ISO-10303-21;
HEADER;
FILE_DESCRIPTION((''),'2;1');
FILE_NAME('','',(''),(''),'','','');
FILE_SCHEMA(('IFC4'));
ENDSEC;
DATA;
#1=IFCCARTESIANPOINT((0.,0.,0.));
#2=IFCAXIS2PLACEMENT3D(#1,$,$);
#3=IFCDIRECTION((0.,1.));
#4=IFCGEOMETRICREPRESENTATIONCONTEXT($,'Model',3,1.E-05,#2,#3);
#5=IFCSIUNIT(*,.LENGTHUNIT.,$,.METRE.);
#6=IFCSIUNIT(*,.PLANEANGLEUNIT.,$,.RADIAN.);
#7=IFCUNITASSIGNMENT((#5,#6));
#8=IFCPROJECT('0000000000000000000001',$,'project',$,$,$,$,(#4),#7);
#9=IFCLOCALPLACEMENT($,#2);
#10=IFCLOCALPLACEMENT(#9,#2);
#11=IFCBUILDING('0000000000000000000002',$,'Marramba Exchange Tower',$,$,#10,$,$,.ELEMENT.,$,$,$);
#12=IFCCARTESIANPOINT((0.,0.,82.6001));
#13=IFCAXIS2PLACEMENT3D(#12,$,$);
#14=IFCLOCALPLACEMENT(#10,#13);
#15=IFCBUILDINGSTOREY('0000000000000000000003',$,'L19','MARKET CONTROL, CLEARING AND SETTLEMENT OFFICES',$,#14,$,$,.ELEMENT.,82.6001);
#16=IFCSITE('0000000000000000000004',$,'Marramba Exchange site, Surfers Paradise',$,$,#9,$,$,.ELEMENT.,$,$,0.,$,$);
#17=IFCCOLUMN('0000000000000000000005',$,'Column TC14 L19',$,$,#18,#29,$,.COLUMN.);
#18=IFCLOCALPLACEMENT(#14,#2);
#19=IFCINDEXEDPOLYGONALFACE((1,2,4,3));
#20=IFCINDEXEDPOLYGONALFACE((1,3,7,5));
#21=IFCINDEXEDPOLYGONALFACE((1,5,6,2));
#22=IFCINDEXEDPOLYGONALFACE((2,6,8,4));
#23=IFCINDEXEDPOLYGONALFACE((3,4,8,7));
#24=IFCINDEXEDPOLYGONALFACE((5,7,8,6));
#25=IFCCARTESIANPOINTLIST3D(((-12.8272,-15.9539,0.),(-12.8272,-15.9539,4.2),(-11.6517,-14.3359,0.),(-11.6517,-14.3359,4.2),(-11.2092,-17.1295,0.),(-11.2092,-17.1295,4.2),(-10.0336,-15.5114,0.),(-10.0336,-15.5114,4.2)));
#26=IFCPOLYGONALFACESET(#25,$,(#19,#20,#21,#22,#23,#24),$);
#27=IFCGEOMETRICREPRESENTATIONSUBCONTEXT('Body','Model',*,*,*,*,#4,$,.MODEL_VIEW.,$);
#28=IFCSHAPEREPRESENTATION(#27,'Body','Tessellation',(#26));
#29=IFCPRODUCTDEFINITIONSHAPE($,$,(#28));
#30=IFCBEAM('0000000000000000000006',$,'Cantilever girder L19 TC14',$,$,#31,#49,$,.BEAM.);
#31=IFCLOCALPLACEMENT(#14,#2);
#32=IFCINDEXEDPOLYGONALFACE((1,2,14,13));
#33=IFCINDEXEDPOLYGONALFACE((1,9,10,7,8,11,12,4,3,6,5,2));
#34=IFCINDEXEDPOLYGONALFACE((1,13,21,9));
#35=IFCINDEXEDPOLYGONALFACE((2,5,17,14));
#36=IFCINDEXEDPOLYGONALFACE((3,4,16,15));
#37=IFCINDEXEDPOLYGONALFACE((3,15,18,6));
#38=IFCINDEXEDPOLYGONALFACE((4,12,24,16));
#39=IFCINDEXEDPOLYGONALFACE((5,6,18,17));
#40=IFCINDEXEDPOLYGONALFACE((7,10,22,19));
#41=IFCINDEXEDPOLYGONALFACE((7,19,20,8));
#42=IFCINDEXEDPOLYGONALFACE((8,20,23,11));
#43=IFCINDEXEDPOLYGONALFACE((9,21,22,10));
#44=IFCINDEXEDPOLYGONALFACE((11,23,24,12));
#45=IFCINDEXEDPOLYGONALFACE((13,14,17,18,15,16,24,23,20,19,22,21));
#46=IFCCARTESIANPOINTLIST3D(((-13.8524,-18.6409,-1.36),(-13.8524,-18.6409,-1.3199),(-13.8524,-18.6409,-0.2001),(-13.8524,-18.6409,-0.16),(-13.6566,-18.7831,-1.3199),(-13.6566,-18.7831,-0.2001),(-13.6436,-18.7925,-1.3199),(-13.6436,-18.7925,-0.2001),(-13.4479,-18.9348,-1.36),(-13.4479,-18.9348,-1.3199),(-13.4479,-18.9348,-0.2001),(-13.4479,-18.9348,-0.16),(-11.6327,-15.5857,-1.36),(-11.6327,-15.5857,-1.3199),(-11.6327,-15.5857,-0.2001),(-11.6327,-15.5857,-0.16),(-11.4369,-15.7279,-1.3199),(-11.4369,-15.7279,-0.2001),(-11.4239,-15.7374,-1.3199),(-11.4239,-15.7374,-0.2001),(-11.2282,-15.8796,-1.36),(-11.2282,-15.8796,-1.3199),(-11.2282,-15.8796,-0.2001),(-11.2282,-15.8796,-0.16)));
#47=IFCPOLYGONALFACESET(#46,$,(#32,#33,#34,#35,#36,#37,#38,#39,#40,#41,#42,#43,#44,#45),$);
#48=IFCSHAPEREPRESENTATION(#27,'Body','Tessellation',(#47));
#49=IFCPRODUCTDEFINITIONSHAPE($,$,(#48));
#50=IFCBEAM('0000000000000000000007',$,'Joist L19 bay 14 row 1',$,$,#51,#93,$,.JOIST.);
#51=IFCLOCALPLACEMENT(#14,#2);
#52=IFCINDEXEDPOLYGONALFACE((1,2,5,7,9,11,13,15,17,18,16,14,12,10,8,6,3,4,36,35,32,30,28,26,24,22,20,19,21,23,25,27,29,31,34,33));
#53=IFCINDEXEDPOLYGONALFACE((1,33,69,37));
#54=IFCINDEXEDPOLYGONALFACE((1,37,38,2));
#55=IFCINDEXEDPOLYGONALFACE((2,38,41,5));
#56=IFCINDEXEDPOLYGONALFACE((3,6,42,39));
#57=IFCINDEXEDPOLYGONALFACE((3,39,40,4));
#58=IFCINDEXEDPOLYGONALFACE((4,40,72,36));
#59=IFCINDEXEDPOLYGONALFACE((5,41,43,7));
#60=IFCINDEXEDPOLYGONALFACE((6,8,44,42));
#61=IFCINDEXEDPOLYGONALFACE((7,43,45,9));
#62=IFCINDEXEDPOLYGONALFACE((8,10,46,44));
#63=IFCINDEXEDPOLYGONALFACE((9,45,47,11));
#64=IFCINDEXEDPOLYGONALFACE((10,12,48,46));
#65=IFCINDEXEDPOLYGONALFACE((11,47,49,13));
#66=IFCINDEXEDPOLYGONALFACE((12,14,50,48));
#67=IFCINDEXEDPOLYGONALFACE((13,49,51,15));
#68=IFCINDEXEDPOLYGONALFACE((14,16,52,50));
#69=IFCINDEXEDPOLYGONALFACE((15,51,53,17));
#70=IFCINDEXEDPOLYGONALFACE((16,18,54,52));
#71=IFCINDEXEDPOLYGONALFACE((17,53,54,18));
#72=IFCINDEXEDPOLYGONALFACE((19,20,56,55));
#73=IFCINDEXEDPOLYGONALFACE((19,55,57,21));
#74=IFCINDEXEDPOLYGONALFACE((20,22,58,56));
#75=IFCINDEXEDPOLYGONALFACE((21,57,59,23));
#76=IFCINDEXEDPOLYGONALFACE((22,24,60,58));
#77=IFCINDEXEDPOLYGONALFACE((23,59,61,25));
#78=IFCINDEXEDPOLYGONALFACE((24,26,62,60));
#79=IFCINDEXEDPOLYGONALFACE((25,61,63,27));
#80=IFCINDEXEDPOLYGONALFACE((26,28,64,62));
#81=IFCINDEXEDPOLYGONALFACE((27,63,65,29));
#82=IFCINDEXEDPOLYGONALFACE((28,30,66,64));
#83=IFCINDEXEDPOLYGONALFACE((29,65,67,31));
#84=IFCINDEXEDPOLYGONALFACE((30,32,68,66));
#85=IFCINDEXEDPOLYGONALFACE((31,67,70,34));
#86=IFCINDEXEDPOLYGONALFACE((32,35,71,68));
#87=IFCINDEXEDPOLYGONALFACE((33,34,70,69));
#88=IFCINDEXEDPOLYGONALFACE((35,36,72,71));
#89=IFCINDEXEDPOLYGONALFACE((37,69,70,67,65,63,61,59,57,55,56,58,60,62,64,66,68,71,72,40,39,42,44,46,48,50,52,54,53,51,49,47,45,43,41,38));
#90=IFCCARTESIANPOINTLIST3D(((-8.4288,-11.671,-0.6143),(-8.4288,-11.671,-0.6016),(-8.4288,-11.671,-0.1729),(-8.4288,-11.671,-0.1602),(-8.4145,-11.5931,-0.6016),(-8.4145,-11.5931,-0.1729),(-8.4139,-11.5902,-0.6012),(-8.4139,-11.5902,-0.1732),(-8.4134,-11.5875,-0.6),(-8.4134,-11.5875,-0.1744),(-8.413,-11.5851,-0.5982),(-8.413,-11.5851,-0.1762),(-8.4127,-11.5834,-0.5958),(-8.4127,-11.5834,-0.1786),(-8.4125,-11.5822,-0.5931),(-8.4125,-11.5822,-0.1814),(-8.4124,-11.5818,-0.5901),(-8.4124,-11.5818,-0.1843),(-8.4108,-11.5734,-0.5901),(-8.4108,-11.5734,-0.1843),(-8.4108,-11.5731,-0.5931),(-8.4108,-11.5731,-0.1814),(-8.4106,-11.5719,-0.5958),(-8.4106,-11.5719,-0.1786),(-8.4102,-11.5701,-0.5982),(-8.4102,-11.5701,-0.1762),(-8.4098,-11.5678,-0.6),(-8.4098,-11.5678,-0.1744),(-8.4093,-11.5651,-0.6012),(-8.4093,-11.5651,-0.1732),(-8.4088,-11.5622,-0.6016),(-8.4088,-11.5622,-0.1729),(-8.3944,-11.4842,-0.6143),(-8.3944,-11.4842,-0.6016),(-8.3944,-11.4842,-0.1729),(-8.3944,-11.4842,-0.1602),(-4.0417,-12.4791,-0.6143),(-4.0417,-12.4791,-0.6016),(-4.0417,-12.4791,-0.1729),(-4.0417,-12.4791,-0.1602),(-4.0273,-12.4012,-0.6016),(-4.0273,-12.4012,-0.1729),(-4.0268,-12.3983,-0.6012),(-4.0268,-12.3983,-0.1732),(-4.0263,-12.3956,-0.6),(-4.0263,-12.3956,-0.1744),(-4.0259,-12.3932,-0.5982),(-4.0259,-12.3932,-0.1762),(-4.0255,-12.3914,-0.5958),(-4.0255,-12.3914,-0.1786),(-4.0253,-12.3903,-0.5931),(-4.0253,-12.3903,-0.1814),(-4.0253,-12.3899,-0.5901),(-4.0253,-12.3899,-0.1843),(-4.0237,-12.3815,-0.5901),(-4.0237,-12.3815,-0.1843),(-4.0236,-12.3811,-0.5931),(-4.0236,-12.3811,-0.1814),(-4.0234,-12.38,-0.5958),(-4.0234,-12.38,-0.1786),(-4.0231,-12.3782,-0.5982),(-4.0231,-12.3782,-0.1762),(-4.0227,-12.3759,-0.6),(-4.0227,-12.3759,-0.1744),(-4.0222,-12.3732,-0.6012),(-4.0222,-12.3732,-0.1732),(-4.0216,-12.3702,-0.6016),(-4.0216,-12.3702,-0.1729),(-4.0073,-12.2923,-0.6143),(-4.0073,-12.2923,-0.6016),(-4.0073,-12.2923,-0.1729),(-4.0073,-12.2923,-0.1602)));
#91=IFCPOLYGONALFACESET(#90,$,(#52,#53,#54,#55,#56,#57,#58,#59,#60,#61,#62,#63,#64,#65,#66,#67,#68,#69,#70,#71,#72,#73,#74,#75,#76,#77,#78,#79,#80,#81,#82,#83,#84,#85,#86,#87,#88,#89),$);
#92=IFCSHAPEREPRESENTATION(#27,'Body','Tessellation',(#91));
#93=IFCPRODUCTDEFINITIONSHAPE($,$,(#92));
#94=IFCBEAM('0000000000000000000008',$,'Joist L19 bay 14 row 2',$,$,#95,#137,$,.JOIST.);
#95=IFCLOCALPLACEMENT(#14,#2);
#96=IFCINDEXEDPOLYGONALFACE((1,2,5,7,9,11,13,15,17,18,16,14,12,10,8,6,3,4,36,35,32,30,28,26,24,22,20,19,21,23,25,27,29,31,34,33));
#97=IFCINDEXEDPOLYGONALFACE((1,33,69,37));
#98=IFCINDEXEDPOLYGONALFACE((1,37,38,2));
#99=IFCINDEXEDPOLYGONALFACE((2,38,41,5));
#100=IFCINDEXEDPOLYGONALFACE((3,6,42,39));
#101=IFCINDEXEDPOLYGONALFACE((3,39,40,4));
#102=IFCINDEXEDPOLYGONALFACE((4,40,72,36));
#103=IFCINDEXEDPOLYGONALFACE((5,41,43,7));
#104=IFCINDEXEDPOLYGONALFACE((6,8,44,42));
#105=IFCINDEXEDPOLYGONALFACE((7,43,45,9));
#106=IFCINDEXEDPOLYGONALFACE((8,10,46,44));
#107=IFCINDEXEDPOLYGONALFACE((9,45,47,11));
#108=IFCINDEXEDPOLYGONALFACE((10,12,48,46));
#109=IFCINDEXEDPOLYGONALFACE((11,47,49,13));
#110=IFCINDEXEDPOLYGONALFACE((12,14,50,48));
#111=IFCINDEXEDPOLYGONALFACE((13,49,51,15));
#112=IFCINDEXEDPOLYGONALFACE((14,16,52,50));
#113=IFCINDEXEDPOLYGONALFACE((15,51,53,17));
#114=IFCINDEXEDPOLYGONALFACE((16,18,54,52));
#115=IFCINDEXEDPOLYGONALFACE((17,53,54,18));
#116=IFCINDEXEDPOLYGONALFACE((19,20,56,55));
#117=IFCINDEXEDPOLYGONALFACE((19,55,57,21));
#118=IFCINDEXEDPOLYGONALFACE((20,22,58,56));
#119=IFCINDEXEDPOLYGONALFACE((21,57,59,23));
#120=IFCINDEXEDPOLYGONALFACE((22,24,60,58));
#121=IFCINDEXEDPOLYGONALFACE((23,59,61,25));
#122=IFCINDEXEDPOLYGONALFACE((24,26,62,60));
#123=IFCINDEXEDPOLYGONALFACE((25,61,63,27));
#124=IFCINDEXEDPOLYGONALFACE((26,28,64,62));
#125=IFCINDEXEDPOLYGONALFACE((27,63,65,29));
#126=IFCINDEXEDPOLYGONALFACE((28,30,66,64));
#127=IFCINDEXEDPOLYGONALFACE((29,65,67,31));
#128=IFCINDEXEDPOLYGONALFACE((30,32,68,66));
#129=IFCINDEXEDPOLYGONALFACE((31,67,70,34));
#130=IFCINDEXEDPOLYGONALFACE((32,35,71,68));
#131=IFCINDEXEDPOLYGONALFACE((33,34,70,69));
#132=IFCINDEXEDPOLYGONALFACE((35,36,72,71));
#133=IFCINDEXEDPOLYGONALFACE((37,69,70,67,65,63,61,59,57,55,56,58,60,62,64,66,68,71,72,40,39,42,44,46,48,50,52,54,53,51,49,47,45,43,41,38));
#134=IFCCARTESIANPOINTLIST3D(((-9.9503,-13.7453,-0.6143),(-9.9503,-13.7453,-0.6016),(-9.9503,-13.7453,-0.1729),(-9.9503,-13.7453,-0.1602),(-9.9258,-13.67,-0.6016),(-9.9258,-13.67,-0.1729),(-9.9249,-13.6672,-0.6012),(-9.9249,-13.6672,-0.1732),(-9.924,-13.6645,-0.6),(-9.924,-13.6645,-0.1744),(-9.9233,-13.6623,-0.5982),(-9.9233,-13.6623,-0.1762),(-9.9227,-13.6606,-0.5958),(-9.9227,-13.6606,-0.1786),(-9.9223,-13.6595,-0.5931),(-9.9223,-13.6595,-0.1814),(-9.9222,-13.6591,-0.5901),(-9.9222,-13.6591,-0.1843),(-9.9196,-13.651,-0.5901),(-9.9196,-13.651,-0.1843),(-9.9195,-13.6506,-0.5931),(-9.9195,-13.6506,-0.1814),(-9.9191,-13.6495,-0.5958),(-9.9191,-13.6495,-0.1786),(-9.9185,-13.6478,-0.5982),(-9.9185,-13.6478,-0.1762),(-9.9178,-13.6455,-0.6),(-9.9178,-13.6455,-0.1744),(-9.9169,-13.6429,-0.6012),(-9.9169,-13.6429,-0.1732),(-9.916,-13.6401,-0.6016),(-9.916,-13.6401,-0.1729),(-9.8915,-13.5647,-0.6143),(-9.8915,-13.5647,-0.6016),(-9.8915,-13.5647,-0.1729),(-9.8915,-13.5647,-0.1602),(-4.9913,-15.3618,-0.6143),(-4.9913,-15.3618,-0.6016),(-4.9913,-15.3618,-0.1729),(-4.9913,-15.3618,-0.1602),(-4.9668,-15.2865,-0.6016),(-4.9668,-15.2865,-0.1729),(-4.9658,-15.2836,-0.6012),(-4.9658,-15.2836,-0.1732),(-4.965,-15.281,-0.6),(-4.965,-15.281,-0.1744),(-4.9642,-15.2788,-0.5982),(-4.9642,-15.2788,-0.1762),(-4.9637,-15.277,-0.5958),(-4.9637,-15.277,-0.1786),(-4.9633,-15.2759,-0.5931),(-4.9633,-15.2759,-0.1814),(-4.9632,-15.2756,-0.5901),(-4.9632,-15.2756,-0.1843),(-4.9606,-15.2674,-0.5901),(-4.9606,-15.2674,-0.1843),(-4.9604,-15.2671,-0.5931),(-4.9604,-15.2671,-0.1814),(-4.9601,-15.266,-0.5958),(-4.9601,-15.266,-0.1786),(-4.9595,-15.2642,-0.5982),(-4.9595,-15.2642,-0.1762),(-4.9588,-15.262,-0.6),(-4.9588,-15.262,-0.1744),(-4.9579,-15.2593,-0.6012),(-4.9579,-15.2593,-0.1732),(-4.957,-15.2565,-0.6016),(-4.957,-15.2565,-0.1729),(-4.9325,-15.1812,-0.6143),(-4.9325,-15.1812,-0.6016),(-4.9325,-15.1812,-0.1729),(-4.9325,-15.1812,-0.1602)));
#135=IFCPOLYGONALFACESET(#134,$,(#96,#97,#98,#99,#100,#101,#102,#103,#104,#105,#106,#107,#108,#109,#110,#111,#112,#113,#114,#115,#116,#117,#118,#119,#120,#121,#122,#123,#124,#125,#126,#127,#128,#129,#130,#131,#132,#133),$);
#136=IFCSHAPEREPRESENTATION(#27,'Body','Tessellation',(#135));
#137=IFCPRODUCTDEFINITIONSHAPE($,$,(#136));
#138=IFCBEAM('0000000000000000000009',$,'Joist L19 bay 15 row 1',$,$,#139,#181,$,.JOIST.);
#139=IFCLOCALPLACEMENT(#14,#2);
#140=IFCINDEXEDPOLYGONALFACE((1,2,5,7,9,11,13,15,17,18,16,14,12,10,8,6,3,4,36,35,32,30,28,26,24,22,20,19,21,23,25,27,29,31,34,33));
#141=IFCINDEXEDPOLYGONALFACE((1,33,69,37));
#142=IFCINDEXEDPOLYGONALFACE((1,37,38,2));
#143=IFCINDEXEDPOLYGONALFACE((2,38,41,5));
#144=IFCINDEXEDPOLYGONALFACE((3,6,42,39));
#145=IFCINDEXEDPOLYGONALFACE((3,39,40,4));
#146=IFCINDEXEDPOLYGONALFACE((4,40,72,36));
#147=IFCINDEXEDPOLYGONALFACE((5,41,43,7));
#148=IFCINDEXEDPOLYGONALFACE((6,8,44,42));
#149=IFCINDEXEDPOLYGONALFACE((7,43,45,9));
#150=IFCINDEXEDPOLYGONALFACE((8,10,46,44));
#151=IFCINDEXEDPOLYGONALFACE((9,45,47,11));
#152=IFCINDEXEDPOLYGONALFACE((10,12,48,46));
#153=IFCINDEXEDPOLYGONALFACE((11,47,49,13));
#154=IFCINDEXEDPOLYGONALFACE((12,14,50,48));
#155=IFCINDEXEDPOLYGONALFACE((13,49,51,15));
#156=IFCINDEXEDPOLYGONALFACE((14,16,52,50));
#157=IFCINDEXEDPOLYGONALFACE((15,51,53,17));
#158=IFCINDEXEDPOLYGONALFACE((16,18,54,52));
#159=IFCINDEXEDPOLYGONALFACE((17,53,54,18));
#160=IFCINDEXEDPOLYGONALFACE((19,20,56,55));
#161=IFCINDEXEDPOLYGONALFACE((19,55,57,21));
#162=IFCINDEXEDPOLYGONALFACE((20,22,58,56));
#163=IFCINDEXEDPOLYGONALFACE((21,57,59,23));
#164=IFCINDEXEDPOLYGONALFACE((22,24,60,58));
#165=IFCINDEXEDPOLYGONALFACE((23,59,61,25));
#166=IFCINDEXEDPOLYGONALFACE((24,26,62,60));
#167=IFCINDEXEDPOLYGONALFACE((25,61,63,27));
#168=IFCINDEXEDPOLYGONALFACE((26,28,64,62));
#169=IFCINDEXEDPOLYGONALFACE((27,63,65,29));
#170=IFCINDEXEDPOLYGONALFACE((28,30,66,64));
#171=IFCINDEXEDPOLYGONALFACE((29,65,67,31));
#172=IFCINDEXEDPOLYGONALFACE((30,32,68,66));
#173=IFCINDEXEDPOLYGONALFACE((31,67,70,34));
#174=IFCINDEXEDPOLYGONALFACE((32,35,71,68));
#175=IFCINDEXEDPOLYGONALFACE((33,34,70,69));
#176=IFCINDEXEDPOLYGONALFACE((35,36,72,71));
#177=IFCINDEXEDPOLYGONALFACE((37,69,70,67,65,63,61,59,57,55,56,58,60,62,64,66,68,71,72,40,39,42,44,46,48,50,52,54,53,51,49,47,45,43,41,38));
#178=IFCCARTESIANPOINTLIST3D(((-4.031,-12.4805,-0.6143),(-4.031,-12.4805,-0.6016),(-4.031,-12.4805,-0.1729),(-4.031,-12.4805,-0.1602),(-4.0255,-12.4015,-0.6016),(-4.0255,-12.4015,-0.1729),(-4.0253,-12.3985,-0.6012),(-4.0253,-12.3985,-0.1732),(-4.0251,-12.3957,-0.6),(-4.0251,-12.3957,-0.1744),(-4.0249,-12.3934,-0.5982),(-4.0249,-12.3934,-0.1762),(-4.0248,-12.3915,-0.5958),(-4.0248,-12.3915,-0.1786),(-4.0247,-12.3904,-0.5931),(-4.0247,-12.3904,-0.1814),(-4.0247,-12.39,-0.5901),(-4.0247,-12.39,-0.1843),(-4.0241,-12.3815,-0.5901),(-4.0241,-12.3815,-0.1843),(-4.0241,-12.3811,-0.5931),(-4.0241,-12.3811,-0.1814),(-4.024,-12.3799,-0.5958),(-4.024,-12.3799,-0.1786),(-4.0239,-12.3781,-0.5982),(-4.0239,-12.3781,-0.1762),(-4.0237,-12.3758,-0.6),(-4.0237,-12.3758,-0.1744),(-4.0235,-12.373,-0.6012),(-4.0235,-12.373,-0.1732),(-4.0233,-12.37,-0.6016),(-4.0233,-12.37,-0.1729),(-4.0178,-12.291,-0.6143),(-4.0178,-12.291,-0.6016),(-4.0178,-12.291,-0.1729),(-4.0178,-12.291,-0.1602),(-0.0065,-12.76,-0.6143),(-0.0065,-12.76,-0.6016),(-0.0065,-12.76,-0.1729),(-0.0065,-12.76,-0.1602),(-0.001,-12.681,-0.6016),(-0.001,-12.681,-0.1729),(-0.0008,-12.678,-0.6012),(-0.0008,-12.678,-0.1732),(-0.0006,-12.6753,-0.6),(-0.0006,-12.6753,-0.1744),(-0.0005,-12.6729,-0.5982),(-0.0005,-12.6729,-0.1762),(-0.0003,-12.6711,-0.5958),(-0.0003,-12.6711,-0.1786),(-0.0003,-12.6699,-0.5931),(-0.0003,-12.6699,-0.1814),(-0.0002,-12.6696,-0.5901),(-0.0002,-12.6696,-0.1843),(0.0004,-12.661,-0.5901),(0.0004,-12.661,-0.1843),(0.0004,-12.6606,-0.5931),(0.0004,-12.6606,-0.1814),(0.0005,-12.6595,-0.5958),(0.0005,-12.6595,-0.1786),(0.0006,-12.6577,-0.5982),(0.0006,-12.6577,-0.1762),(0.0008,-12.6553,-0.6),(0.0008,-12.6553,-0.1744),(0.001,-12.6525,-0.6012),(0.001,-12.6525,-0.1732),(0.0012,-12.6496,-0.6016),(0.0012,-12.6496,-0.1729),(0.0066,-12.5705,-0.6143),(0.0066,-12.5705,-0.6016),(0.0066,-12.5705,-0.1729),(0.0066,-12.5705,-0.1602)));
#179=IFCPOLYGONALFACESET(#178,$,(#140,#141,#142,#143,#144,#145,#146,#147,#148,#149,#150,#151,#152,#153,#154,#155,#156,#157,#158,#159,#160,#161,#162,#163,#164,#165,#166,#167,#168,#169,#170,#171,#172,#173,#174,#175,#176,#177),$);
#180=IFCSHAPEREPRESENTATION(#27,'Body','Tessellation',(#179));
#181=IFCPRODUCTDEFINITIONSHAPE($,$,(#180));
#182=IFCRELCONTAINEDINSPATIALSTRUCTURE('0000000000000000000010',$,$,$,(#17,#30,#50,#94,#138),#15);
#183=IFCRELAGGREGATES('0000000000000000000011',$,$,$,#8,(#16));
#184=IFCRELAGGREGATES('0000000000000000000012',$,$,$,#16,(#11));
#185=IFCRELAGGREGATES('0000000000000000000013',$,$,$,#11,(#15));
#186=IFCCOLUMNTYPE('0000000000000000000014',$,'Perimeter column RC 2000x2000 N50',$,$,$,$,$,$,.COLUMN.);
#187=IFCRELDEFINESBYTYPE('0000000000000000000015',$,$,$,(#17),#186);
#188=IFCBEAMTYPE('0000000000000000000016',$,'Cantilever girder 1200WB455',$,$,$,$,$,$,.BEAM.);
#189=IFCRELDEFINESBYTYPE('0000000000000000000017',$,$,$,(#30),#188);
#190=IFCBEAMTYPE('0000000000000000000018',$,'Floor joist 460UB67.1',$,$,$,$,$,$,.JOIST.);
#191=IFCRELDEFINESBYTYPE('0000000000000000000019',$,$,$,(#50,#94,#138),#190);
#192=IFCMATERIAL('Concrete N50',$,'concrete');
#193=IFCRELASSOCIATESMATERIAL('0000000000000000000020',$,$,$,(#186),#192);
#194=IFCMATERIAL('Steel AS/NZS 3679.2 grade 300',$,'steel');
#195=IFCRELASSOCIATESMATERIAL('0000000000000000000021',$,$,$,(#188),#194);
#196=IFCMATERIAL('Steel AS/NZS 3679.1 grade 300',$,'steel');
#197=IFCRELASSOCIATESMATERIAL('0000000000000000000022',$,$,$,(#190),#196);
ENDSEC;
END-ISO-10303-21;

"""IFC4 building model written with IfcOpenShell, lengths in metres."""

from ifc_helpers import new_model, si_unit, direction, frame, origin, origin_2d, place, context, subcontext, project, spatial, rectangle, i_section, extrude, material, material_profile, profile_set, type_object, element, save


model = new_model("IFC4")

# Units and contexts
model_context = context("Model", 3, precision=1e-05, world=origin(), true_north=direction((0.0, 1.0)))
body_context = subcontext(model_context, "Body", "Model", "MODEL_VIEW")
ifc_project = project(units=[si_unit("LENGTHUNIT", "METRE"), si_unit("PLANEANGLEUNIT", "RADIAN")], contexts=[model_context])

# Site, building, storey
site_placement = place(None, origin())
site = spatial("IfcSite", under=ifc_project, at=site_placement, Name="Marramba Exchange site, Surfers Paradise", CompositionType="ELEMENT", RefElevation=0.0)
building_placement = place(site_placement, origin())
building = spatial("IfcBuilding", under=site, at=building_placement, Name="Marramba Exchange Tower", CompositionType="ELEMENT")
storey_placement = place(building_placement, frame((0.0, 0.0, 82.6001)))
storey = spatial("IfcBuildingStorey", under=building, at=storey_placement, Name="L19", Description="MARKET CONTROL, CLEARING AND SETTLEMENT OFFICES", CompositionType="ELEMENT", Elevation=82.6001)

# Column
ifc_material_1 = material(Name="Concrete N50", Category="concrete")
ifc_material_profile_1 = material_profile(ifc_material_1, rectangle(XDim=2.0, YDim=2.0, at=origin_2d()), Name="RC 2000x2000")
ifc_profile_set_1 = profile_set([ifc_material_profile_1], Name="Concrete N50")
column_type = type_object("IfcColumnType", Name="Perimeter column RC 2000x2000 N50", PredefinedType="COLUMN", material=ifc_profile_set_1)
column_placement = place(storey_placement, frame((-11.4304, -15.7327, 0.0), z_axis=(0.0, 0.0, 1.0), x_axis=(-0.587785, -0.809017, 0.0)))
element("IfcColumn", 1, at=column_placement, inside=storey, type_object=column_type, Name="Column TC14 L19", PredefinedType="COLUMN", context=body_context, shape_type="SweptSolid", body=[
    extrude(rectangle(XDim=2.0, YDim=2.0, at=origin_2d()), origin(), (0.0, 0.0, 1.0), 4.2),
])

# Beams
ifc_material_2 = material(Name="Steel AS/NZS 3679.2 grade 300", Category="steel")
ifc_material_profile_2 = material_profile(ifc_material_2, i_section(OverallWidth=0.5, OverallDepth=1.2, WebThickness=0.0161, FlangeThickness=0.04, at=origin_2d()), Name="1200WB455")
ifc_profile_set_2 = profile_set([ifc_material_profile_2], Name="Steel AS/NZS 3679.2 grade 300")
beam_type_1 = type_object("IfcBeamType", Name="Cantilever girder 1200WB455", PredefinedType="BEAM", material=ifc_profile_set_2)
beam_1_placement = place(storey_placement, frame((-11.4304, -15.7327, -0.76), z_axis=(-0.587787, -0.809016, 0.0), x_axis=(0.809016, -0.587787, 0.0)))
element("IfcBeam", 2, at=beam_1_placement, inside=storey, type_object=beam_type_1, Name="Cantilever girder L19 TC14", PredefinedType="BEAM", context=body_context, shape_type="SweptSolid", body=[
    extrude(i_section(OverallWidth=0.5, OverallDepth=1.2, WebThickness=0.0161, FlangeThickness=0.04, at=origin_2d()), origin(), (0.0, 0.0, 1.0), 3.7764),
])
ifc_material_3 = material(Name="Steel AS/NZS 3679.1 grade 300", Category="steel")
ifc_material_profile_3 = material_profile(ifc_material_3, i_section(OverallWidth=0.1899, OverallDepth=0.4541, WebThickness=0.0085, FlangeThickness=0.0127, FilletRadius=0.0115, at=origin_2d()), Name="460UB67.1")
ifc_profile_set_3 = profile_set([ifc_material_profile_3], Name="Steel AS/NZS 3679.1 grade 300")
beam_type_2 = type_object("IfcBeamType", Name="Floor joist 460UB67.1", PredefinedType="JOIST", material=ifc_profile_set_3)
beam_2_placement = place(storey_placement, frame((-8.4116, -11.5776, -0.3872), z_axis=(0.983456, -0.181149, 0.0), x_axis=(0.181149, 0.983456, 0.0)))
element("IfcBeam", 3, at=beam_2_placement, inside=storey, type_object=beam_type_2, Name="Joist L19 bay 14 row 1", PredefinedType="JOIST", context=body_context, shape_type="SweptSolid", body=[
    extrude(i_section(OverallWidth=0.1899, OverallDepth=0.4541, WebThickness=0.0085, FlangeThickness=0.0127, FilletRadius=0.0115, at=origin_2d()), origin(), (0.0, 0.0, 1.0), 4.4609),
])
beam_3_placement = place(storey_placement, frame((-9.9209, -13.655, -0.3872), z_axis=(0.950764, -0.309916, 0.0), x_axis=(0.309916, 0.950764, 0.0)))
element("IfcBeam", 4, at=beam_3_placement, inside=storey, type_object=beam_type_2, Name="Joist L19 bay 14 row 2", PredefinedType="JOIST", context=body_context, shape_type="SweptSolid", body=[
    extrude(i_section(OverallWidth=0.1899, OverallDepth=0.4541, WebThickness=0.0085, FlangeThickness=0.0127, FilletRadius=0.0115, at=origin_2d()), origin(), (0.0, 0.0, 1.0), 5.2158),
])
beam_4_placement = place(storey_placement, frame((-4.0244, -12.3857, -0.3872), z_axis=(0.997596, -0.069294, 0.0), x_axis=(0.069294, 0.997596, 0.0)))
element("IfcBeam", 5, at=beam_4_placement, inside=storey, type_object=beam_type_2, Name="Joist L19 bay 15 row 1", PredefinedType="JOIST", context=body_context, shape_type="SweptSolid", body=[
    extrude(i_section(OverallWidth=0.1899, OverallDepth=0.4541, WebThickness=0.0085, FlangeThickness=0.0127, FilletRadius=0.0115, at=origin_2d()), origin(), (0.0, 0.0, 1.0), 4.0342),
])

save(model, "model.ifc")
